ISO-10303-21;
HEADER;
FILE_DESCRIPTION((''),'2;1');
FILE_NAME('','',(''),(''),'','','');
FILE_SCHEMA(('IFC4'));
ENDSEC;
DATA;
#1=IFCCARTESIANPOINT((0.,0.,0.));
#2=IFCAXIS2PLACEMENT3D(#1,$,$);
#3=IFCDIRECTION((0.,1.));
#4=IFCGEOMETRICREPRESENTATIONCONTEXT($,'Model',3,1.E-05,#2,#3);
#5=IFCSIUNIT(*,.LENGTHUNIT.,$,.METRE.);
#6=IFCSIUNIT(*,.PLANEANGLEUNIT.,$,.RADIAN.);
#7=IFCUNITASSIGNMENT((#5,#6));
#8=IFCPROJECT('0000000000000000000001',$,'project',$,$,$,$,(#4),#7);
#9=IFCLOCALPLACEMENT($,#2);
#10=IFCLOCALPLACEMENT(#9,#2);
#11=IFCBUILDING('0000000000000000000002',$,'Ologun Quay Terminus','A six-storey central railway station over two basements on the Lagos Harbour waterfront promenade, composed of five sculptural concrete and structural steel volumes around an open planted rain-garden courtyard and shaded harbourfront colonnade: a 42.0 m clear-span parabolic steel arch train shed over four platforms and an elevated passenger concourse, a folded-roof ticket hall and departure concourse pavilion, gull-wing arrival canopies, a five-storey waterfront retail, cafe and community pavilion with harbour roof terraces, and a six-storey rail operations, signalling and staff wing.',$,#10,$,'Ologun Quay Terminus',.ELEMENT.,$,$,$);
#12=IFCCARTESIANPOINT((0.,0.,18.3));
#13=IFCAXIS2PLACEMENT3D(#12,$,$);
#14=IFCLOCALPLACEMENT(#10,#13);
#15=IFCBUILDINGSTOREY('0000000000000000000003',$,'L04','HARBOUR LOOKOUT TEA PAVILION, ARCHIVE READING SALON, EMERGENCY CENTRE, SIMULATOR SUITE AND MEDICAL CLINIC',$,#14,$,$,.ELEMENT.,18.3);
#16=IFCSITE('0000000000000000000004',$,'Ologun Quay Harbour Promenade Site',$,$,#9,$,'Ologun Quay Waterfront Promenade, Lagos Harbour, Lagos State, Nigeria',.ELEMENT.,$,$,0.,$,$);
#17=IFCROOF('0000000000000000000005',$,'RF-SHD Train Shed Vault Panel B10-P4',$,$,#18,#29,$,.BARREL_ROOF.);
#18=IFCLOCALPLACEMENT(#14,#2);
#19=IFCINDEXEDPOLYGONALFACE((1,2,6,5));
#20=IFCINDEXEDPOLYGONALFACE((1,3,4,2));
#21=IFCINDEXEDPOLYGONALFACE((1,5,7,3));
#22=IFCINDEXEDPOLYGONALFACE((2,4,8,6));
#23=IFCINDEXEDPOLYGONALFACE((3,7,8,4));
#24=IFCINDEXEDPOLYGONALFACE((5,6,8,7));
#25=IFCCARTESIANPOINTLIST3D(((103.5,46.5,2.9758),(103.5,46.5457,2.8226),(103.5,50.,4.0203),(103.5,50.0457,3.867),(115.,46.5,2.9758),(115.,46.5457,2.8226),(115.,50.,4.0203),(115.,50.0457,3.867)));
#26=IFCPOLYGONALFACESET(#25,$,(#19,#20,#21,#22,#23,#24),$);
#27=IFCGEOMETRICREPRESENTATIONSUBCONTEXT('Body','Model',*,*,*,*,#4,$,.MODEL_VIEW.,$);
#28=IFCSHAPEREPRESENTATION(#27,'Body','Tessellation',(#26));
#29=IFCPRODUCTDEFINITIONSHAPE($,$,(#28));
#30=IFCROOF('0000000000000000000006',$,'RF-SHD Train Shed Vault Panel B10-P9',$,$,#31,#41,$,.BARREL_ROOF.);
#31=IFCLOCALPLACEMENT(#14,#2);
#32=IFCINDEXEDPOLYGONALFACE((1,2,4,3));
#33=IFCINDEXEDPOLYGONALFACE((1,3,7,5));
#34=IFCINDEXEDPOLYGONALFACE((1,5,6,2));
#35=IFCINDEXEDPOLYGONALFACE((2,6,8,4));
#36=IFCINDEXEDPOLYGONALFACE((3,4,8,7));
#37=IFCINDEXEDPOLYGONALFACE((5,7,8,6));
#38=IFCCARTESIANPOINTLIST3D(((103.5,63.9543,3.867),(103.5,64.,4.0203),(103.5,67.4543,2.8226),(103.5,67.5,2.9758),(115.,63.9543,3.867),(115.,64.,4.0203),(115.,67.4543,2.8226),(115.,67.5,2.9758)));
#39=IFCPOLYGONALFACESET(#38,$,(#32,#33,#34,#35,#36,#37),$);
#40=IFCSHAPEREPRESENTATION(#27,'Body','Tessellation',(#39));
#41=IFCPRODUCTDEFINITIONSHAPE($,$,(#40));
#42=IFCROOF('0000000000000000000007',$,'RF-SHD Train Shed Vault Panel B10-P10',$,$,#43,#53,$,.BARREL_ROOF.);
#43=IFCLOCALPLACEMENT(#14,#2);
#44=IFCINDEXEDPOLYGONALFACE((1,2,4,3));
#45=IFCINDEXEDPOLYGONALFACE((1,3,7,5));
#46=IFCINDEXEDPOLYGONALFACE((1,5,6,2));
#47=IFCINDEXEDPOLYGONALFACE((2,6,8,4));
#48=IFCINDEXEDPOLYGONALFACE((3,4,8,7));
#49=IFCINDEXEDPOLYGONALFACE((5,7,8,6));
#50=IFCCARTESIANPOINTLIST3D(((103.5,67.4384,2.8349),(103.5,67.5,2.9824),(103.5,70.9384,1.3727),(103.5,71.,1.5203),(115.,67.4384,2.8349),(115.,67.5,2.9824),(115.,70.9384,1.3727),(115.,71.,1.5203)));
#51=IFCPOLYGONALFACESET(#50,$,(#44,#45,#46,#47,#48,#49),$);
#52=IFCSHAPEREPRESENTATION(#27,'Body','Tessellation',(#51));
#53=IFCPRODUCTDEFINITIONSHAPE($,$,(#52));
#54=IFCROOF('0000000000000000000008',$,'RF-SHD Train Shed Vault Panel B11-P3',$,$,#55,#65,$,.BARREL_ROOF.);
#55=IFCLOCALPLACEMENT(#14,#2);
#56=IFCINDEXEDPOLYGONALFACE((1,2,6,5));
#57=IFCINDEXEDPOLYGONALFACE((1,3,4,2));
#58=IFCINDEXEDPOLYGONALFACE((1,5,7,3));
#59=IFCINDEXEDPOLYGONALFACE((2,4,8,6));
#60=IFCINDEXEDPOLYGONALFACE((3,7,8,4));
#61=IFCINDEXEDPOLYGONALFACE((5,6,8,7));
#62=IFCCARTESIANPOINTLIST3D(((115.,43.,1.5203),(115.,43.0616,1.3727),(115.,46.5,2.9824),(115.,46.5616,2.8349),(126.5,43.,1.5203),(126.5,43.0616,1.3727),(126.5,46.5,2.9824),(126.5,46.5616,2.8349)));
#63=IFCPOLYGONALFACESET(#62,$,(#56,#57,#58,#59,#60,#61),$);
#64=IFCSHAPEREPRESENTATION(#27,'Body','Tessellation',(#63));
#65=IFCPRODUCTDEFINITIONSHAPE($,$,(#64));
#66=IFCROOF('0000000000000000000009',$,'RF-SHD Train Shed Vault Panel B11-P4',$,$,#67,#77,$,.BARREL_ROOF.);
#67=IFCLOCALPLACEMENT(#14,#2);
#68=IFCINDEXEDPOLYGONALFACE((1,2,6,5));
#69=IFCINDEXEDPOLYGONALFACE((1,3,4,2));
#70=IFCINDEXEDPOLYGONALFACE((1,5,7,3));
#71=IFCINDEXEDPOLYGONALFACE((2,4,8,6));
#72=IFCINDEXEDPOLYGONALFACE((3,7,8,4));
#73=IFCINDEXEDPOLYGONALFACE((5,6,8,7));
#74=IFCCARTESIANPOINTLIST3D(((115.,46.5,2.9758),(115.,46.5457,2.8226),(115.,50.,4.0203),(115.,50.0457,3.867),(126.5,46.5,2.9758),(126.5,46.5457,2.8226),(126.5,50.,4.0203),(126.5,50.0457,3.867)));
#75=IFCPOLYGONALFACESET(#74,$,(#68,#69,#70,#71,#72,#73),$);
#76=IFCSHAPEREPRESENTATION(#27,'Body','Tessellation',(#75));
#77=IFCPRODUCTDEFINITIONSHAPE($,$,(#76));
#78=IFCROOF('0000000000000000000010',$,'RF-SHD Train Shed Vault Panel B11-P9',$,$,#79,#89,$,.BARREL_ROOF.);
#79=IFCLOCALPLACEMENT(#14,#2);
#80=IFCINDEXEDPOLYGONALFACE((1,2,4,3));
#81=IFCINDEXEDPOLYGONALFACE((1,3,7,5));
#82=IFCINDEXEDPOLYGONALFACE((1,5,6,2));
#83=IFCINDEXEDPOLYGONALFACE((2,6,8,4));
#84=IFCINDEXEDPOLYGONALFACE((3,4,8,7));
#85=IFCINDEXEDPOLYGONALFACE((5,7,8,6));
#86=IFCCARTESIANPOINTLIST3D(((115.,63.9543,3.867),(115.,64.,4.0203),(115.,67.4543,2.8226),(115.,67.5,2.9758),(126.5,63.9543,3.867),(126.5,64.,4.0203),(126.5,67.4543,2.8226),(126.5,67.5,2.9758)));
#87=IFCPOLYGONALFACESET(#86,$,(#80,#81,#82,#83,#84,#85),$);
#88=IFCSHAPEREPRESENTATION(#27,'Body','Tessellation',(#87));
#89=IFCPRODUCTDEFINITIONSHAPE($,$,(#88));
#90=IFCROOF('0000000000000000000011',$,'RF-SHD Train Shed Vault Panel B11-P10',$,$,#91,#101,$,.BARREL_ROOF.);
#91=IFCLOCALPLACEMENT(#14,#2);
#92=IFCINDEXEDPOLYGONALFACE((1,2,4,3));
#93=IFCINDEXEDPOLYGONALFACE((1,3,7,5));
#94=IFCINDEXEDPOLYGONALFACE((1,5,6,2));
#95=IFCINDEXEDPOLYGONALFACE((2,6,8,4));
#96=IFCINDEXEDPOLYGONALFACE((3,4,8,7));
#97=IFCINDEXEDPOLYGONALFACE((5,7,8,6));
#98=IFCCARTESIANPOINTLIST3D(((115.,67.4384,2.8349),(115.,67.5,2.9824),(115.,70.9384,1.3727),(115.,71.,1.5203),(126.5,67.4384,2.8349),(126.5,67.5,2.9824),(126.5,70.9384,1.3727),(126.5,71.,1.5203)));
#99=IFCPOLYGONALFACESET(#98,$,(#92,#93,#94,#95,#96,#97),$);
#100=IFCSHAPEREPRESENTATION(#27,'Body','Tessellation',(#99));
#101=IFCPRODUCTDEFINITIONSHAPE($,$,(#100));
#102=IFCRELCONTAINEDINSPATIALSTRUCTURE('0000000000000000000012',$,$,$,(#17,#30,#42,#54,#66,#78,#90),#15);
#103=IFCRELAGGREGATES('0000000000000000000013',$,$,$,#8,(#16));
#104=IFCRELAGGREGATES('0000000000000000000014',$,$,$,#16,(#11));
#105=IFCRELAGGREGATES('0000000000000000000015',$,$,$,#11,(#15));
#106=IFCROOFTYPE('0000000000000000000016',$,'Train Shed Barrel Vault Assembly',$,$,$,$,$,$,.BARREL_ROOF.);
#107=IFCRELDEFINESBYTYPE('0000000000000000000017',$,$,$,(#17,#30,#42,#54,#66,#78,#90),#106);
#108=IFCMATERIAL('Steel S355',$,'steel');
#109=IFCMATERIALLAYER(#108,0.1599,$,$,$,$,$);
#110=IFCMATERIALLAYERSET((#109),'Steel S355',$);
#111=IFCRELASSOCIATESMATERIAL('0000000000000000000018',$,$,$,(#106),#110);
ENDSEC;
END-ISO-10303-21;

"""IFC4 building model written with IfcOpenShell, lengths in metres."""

from ifc_helpers import new_model, si_unit, direction, frame, origin, place, context, subcontext, project, spatial, polyline, outline, extrude, material, layer, layer_set, type_object, element, save


model = new_model("IFC4")

# Units and contexts
model_context = context("Model", 3, precision=1e-05, world=origin(), true_north=direction((0.0, 1.0)))
body_context = subcontext(model_context, "Body", "Model", "MODEL_VIEW")
ifc_project = project(units=[si_unit("LENGTHUNIT", "METRE"), si_unit("PLANEANGLEUNIT", "RADIAN")], contexts=[model_context])

# Site, building, storey
site_placement = place(None, origin())
site = spatial("IfcSite", under=ifc_project, at=site_placement, Name="Ologun Quay Harbour Promenade Site", LongName="Ologun Quay Waterfront Promenade, Lagos Harbour, Lagos State, Nigeria", CompositionType="ELEMENT", RefElevation=0.0)
building_placement = place(site_placement, origin())
building = spatial("IfcBuilding", under=site, at=building_placement, Name="Ologun Quay Terminus", Description="A six-storey central railway station over two basements on the Lagos Harbour waterfront promenade, composed of five sculptural concrete and structural steel volumes around an open planted rain-garden courtyard and shaded harbourfront colonnade: a 42.0 m clear-span parabolic steel arch train shed over four platforms and an elevated passenger concourse, a folded-roof ticket hall and departure concourse pavilion, gull-wing arrival canopies, a five-storey waterfront retail, cafe and community pavilion with harbour roof terraces, and a six-storey rail operations, signalling and staff wing.", LongName="Ologun Quay Terminus", CompositionType="ELEMENT")
storey_placement = place(building_placement, frame((0.0, 0.0, 18.3)))
storey = spatial("IfcBuildingStorey", under=building, at=storey_placement, Name="L04", Description="HARBOUR LOOKOUT TEA PAVILION, ARCHIVE READING SALON, EMERGENCY CENTRE, SIMULATOR SUITE AND MEDICAL CLINIC", CompositionType="ELEMENT", Elevation=18.3)

# Roofs
ifc_material_1 = material(Name="Steel S355", Category="steel")
ifc_layer_1 = layer(ifc_material_1, 0.1599)
ifc_layer_set_1 = layer_set([ifc_layer_1], Name="Steel S355")
roof_type = type_object("IfcRoofType", Name="Train Shed Barrel Vault Assembly", PredefinedType="BARREL_ROOF", material=ifc_layer_set_1)
for number, where, z_axis, x_axis, name in (
    (1, (103.5, 46.5, 2.9758), (0.0, -0.285949, 0.958245), (1.0, 0.0, 0.0), "RF-SHD Train Shed Vault Panel B10-P4"),
    (2, (103.5, 64.0, 4.0203), (0.0, 0.285949, 0.958245), (1.0, 0.0, 0.0), "RF-SHD Train Shed Vault Panel B10-P9"),
):
    element("IfcRoof", number, at=place(storey_placement, frame(where, z_axis=z_axis, x_axis=x_axis)), inside=storey, type_object=roof_type, Name=name, PredefinedType="BARREL_ROOF", context=body_context, shape_type="SweptSolid", body=[
        extrude(outline(polyline([(0.0, 0.0), (11.5, 0.0), (11.5, 3.6525), (0.0, 3.6525), (0.0, 0.0)])), origin(), (0.0, 0.0, -1.0), 0.1599),
    ])
for number, where, z_axis, x_axis, name in (
    (3, (103.5, 67.5, 2.9824), (0.0, 0.385474, 0.922719), (1.0, 0.0, 0.0), "RF-SHD Train Shed Vault Panel B10-P10"),
    (4, (115.0, 43.0, 1.5203), (0.0, -0.385474, 0.922719), (1.0, 0.0, 0.0), "RF-SHD Train Shed Vault Panel B11-P3"),
):
    element("IfcRoof", number, at=place(storey_placement, frame(where, z_axis=z_axis, x_axis=x_axis)), inside=storey, type_object=roof_type, Name=name, PredefinedType="BARREL_ROOF", context=body_context, shape_type="SweptSolid", body=[
        extrude(outline(polyline([(0.0, 0.0), (11.5, 0.0), (11.5, 3.7931), (0.0, 3.7931), (0.0, 0.0)])), origin(), (0.0, 0.0, -1.0), 0.1599),
    ])
for number, where, z_axis, x_axis, name in (
    (5, (115.0, 46.5, 2.9758), (0.0, -0.285949, 0.958245), (1.0, 0.0, 0.0), "RF-SHD Train Shed Vault Panel B11-P4"),
    (6, (115.0, 64.0, 4.0203), (0.0, 0.285949, 0.958245), (1.0, 0.0, 0.0), "RF-SHD Train Shed Vault Panel B11-P9"),
):
    element("IfcRoof", number, at=place(storey_placement, frame(where, z_axis=z_axis, x_axis=x_axis)), inside=storey, type_object=roof_type, Name=name, PredefinedType="BARREL_ROOF", context=body_context, shape_type="SweptSolid", body=[
        extrude(outline(polyline([(0.0, 0.0), (11.5, 0.0), (11.5, 3.6525), (0.0, 3.6525), (0.0, 0.0)])), origin(), (0.0, 0.0, -1.0), 0.1599),
    ])
roof_1_placement = place(storey_placement, frame((115.0, 67.5, 2.9824), z_axis=(0.0, 0.385474, 0.922719), x_axis=(1.0, 0.0, 0.0)))
element("IfcRoof", 7, at=roof_1_placement, inside=storey, type_object=roof_type, Name="RF-SHD Train Shed Vault Panel B11-P10", PredefinedType="BARREL_ROOF", context=body_context, shape_type="SweptSolid", body=[
    extrude(outline(polyline([(0.0, 0.0), (11.5, 0.0), (11.5, 3.7931), (0.0, 3.7931), (0.0, 0.0)])), origin(), (0.0, 0.0, -1.0), 0.1599),
])

save(model, "model.ifc")
